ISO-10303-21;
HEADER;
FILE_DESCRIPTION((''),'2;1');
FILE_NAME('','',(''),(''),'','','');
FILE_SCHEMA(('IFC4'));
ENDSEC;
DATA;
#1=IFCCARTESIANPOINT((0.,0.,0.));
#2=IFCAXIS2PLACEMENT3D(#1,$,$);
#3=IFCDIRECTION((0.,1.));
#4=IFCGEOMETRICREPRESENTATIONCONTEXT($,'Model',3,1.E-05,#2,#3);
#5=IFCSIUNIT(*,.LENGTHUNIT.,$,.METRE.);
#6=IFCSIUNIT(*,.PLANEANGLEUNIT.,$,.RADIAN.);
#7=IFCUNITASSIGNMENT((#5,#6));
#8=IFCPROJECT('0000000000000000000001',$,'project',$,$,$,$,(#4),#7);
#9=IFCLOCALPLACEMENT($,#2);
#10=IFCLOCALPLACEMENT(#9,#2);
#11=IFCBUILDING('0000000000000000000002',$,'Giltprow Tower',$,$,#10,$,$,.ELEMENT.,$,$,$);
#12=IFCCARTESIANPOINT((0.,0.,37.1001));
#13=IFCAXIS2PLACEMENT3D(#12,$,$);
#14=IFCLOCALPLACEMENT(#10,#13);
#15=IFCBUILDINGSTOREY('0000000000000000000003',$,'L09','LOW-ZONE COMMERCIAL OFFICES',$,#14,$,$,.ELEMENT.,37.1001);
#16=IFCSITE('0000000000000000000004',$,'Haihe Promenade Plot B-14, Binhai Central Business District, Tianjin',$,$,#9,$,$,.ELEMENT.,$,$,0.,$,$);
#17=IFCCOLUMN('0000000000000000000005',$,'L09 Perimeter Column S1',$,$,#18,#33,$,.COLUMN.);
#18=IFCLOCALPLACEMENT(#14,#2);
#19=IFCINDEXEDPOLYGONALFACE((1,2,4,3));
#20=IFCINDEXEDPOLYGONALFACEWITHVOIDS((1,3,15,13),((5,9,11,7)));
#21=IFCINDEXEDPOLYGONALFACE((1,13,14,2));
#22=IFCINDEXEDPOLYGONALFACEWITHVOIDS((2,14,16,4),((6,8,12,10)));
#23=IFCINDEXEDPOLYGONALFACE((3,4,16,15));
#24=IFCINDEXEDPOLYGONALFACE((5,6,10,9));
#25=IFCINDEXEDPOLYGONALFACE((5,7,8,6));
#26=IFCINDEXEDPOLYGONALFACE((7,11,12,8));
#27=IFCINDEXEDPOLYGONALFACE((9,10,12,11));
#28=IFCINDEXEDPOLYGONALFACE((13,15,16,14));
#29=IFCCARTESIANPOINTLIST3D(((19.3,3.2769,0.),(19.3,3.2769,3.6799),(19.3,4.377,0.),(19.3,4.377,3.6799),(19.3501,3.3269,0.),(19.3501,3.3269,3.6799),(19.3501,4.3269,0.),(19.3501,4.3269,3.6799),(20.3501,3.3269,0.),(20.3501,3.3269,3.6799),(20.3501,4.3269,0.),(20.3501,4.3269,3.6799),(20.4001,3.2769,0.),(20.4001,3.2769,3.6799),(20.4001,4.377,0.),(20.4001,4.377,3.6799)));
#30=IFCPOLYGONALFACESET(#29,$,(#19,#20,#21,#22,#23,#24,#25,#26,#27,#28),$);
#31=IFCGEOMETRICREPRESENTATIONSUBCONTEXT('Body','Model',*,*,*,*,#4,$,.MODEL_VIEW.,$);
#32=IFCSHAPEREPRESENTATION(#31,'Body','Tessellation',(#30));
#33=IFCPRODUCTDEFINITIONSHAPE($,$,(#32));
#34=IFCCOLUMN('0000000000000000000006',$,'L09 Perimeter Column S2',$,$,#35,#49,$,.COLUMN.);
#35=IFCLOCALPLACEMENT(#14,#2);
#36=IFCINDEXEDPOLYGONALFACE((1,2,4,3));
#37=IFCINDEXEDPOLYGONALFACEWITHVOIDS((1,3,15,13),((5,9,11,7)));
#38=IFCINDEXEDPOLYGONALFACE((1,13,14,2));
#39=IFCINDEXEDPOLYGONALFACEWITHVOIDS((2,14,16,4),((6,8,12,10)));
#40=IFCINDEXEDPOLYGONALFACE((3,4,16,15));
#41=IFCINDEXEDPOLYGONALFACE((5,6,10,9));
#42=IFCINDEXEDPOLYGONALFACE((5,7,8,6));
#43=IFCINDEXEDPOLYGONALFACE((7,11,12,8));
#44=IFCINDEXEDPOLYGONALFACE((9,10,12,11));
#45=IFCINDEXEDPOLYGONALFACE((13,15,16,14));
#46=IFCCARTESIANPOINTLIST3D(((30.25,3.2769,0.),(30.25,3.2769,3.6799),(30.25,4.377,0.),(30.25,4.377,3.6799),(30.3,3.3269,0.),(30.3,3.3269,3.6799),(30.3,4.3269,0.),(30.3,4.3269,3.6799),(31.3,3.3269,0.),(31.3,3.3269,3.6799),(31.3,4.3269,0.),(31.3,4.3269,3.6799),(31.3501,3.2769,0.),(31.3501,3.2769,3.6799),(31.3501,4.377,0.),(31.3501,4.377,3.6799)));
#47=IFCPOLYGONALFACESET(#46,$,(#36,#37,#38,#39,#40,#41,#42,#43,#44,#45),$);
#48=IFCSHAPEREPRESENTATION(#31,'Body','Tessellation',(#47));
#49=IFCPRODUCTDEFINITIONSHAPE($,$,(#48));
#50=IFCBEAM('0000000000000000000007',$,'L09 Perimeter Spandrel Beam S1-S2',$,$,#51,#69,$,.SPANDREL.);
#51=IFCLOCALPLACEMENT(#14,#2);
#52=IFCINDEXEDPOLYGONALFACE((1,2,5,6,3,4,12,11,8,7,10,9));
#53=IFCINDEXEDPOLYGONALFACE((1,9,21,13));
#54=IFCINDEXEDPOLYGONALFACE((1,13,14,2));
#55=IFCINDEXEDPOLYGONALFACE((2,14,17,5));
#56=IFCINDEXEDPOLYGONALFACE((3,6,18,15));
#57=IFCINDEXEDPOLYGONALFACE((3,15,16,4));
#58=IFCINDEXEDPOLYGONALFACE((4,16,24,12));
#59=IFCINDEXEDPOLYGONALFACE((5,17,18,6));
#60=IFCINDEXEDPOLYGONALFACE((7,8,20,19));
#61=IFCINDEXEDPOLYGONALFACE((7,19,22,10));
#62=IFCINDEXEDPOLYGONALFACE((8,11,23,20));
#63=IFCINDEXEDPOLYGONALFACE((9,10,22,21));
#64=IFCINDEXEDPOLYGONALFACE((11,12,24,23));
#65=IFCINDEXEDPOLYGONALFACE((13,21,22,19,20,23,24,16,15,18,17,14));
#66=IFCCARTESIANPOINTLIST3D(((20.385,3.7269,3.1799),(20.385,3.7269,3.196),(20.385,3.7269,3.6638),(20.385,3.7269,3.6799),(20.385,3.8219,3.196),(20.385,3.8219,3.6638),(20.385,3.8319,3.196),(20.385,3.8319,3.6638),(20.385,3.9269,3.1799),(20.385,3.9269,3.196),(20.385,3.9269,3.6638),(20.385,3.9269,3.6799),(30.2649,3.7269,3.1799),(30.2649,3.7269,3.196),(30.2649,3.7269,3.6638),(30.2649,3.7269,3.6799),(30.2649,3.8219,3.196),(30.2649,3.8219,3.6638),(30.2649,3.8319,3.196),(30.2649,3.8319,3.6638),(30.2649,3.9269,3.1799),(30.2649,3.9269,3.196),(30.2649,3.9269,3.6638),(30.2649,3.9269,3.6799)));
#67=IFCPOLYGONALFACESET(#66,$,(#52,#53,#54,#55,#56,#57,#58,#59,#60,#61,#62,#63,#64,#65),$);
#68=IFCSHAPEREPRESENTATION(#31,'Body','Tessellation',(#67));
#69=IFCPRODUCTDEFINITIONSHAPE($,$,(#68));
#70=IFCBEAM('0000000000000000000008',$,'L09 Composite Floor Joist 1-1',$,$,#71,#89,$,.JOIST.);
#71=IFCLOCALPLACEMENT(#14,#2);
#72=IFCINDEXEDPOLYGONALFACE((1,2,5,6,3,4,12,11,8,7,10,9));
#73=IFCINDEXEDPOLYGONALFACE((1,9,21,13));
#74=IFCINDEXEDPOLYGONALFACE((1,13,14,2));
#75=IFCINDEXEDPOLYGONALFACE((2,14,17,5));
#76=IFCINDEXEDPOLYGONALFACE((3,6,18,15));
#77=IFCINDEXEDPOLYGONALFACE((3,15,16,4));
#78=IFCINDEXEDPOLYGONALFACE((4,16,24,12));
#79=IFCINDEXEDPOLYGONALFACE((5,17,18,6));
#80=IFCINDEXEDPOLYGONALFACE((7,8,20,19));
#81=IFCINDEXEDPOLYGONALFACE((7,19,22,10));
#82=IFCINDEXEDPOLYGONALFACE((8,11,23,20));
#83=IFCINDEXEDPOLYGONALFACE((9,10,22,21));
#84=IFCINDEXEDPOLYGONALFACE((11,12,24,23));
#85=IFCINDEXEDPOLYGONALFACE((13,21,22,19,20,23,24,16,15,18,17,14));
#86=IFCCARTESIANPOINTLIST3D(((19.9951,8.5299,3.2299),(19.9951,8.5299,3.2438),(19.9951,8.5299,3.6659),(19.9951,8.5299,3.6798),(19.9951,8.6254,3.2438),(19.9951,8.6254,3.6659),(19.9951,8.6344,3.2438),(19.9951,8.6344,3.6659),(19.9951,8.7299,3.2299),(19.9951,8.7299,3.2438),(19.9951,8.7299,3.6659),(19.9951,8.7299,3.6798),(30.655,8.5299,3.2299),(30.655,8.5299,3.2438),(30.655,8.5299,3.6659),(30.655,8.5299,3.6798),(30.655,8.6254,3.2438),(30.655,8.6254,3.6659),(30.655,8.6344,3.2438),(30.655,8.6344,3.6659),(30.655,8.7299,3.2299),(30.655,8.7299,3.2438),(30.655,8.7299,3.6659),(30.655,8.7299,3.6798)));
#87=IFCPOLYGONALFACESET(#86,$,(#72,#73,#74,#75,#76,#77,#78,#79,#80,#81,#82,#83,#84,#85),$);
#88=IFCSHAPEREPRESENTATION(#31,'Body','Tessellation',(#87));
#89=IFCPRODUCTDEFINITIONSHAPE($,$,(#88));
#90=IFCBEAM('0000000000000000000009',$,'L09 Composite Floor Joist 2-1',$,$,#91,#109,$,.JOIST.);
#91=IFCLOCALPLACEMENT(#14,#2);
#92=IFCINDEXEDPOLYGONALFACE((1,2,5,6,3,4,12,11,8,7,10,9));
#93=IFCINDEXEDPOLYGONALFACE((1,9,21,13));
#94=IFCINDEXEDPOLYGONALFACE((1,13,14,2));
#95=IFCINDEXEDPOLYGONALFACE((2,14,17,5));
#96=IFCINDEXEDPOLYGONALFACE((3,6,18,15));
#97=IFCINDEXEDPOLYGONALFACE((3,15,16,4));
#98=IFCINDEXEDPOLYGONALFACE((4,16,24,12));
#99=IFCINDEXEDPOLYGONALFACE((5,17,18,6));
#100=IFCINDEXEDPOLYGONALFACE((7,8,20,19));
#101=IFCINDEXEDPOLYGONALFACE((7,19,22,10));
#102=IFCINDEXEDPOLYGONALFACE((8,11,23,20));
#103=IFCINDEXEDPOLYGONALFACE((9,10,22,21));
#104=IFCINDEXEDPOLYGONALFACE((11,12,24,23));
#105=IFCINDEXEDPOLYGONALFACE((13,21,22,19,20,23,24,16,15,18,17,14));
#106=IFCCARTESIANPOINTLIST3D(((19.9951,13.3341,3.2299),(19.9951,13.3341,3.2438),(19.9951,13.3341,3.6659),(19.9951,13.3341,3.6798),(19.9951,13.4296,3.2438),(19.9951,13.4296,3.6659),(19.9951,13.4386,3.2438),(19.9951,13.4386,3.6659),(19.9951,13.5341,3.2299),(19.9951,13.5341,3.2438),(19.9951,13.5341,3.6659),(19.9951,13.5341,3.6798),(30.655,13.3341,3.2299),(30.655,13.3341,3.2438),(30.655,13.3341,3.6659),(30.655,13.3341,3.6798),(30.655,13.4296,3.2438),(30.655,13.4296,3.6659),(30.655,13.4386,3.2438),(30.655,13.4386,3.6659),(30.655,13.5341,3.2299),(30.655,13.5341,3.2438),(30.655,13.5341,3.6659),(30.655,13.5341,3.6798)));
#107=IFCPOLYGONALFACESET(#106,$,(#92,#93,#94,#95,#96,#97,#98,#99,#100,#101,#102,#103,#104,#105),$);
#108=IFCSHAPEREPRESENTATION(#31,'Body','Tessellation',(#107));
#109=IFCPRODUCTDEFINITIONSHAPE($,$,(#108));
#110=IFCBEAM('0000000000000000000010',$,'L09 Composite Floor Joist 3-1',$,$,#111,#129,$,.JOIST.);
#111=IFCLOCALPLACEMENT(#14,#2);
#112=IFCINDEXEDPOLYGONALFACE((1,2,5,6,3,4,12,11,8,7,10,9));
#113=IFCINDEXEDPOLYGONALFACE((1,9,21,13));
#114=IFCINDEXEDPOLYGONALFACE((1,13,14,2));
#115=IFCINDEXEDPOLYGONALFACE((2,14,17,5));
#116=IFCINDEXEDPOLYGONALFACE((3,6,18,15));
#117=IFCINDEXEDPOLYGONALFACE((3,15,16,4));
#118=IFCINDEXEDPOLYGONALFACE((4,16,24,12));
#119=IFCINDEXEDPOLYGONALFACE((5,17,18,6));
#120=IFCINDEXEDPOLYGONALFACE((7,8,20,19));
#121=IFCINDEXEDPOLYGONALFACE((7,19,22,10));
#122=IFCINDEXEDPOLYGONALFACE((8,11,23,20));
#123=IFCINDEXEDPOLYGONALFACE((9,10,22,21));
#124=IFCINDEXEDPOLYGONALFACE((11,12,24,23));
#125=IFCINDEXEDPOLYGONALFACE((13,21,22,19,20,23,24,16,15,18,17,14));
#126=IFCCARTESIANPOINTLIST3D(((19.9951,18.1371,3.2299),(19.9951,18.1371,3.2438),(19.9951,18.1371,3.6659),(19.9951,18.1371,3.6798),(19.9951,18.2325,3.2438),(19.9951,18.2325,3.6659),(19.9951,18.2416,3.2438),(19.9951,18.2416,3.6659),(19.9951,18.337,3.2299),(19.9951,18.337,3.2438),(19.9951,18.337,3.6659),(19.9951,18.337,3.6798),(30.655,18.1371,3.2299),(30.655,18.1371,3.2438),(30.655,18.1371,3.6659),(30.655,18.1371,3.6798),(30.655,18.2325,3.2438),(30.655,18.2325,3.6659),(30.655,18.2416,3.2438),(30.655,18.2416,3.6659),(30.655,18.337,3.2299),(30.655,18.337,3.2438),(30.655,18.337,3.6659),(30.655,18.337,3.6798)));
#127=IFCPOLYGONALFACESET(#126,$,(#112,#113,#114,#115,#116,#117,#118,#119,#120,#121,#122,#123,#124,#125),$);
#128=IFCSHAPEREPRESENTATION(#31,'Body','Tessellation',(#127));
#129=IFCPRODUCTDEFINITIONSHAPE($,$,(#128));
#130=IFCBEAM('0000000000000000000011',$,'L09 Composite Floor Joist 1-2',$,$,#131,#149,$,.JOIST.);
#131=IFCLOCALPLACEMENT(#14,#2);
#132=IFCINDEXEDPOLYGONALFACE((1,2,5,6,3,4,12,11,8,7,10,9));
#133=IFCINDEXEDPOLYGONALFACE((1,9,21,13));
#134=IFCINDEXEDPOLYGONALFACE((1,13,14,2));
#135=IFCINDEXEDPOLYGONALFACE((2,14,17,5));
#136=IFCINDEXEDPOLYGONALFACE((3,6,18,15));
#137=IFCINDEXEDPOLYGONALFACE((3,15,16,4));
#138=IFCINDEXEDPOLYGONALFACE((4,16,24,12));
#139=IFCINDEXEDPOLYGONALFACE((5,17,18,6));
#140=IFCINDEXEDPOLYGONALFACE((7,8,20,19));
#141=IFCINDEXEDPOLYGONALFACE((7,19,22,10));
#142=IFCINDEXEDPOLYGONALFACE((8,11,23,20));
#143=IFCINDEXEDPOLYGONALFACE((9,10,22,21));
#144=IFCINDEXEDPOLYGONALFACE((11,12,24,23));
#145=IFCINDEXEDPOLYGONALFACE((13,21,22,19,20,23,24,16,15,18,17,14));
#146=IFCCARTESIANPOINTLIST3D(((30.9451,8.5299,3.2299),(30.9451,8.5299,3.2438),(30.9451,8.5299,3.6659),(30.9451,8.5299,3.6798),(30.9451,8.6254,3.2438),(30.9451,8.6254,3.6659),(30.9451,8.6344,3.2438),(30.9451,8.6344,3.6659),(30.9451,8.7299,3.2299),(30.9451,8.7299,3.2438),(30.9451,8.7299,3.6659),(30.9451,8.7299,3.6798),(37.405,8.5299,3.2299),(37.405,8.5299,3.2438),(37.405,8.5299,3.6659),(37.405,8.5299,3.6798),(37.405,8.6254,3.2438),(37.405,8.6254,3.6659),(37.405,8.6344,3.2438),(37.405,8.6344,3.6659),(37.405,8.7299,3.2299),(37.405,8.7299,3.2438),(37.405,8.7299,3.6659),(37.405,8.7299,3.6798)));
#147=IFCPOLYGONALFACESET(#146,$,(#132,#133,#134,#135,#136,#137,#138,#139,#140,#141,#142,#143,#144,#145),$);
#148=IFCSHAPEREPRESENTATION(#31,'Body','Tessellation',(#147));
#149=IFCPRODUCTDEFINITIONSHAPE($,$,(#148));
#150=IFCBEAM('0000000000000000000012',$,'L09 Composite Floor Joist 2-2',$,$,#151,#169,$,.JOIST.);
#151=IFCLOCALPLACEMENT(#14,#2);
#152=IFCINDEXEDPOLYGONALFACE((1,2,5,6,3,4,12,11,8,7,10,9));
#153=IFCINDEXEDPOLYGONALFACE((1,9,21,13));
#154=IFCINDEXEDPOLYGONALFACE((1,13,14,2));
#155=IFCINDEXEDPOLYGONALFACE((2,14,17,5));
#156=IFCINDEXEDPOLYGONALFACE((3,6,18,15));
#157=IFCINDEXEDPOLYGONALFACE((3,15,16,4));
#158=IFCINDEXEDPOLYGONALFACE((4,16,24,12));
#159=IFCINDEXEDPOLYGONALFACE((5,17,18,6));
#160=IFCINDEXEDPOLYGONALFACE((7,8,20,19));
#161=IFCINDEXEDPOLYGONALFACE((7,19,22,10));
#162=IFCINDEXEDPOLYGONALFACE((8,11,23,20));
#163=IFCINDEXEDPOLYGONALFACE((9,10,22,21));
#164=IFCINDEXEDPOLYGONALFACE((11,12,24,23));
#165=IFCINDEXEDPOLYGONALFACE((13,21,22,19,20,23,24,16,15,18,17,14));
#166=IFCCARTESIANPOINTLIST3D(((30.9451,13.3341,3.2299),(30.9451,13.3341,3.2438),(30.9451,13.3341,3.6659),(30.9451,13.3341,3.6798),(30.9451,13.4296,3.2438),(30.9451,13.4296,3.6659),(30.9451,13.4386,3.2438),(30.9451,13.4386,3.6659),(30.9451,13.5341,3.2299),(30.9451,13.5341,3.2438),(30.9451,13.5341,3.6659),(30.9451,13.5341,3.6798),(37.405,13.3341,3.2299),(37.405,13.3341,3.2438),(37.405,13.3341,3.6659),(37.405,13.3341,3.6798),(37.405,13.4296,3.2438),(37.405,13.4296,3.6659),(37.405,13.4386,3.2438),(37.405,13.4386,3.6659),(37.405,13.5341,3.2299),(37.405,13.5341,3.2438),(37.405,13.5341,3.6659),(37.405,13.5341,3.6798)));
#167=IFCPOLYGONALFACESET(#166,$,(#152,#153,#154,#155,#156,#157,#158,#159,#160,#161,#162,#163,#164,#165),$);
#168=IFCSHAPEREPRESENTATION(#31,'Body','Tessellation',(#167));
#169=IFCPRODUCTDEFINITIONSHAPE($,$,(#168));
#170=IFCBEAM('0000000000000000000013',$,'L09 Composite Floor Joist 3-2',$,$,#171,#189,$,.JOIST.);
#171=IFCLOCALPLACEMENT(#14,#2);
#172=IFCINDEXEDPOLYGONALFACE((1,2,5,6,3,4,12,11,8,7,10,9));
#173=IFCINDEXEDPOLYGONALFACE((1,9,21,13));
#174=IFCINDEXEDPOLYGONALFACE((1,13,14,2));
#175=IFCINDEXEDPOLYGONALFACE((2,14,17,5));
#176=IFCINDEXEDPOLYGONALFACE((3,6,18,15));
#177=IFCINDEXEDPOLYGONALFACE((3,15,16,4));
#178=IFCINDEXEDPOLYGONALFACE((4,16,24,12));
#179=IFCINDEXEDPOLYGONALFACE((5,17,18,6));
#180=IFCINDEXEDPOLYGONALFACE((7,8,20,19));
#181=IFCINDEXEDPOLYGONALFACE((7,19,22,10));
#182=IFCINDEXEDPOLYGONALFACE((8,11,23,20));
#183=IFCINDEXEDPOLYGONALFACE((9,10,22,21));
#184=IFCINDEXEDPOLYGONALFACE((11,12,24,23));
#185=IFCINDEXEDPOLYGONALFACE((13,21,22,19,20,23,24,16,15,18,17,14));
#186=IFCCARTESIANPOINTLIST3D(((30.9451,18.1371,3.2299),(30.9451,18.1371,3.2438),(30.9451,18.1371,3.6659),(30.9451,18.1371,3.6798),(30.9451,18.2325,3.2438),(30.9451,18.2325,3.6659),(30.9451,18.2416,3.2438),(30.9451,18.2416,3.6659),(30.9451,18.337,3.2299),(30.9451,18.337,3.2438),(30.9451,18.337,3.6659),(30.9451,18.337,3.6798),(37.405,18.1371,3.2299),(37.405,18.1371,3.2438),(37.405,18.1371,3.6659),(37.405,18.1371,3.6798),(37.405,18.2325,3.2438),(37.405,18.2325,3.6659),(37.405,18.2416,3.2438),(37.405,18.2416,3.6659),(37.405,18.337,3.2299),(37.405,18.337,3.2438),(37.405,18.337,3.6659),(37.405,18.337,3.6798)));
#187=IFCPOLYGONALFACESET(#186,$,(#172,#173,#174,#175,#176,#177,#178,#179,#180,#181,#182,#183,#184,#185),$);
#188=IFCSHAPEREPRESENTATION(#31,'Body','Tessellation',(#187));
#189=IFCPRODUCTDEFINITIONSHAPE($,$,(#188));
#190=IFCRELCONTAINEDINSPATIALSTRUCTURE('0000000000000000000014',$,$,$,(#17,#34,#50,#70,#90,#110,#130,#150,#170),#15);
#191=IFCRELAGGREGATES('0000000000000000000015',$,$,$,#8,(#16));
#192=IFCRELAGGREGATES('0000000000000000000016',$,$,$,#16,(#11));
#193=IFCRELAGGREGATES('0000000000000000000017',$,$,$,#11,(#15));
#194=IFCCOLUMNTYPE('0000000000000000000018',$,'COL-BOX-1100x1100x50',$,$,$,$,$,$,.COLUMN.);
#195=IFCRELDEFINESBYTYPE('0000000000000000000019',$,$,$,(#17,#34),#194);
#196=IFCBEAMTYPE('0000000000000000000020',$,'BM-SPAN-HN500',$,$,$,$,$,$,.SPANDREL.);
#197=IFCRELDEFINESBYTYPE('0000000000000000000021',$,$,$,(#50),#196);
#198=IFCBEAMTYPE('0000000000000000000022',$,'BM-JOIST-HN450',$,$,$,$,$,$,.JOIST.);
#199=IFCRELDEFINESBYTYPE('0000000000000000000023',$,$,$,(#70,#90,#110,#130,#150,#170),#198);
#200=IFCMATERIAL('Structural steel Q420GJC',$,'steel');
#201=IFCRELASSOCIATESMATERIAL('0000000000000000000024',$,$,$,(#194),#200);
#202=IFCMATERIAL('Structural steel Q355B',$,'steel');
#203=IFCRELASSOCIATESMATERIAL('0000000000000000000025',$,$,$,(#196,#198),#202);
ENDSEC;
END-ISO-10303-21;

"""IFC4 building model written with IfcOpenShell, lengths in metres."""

from ifc_helpers import new_model, si_unit, direction, frame, origin, origin_2d, place, context, subcontext, project, spatial, hollow_rectangle, i_section, extrude, source, transform, mapped, material, material_profile, profile_set, type_object, element, save


model = new_model("IFC4")

# Units and contexts
model_context = context("Model", 3, precision=1e-05, world=origin(), true_north=direction((0.0, 1.0)))
body_context = subcontext(model_context, "Body", "Model", "MODEL_VIEW")
ifc_project = project(units=[si_unit("LENGTHUNIT", "METRE"), si_unit("PLANEANGLEUNIT", "RADIAN")], contexts=[model_context])

# Site, building, storey
site_placement = place(None, origin())
site = spatial("IfcSite", under=ifc_project, at=site_placement, Name="Haihe Promenade Plot B-14, Binhai Central Business District, Tianjin", CompositionType="ELEMENT", RefElevation=0.0)
building_placement = place(site_placement, origin())
building = spatial("IfcBuilding", under=site, at=building_placement, Name="Giltprow Tower", CompositionType="ELEMENT")
storey_placement = place(building_placement, frame((0.0, 0.0, 37.1001)))
storey = spatial("IfcBuildingStorey", under=building, at=storey_placement, Name="L09", Description="LOW-ZONE COMMERCIAL OFFICES", CompositionType="ELEMENT", Elevation=37.1001)

# Columns
ifc_material_1 = material(Name="Structural steel Q420GJC", Category="steel")
ifc_material_profile_1 = material_profile(ifc_material_1, hollow_rectangle(XDim=1.1001, YDim=1.1001, WallThickness=0.05, at=origin_2d()), Name="BOX 1100x1100x50")
ifc_profile_set_1 = profile_set([ifc_material_profile_1], Name="Structural steel Q420GJC")
column_type = type_object("IfcColumnType", Name="COL-BOX-1100x1100x50", PredefinedType="COLUMN", material=ifc_profile_set_1)
shared_shape_1 = source(origin(), body_context, "Body", "SweptSolid", [
    extrude(hollow_rectangle(XDim=1.1001, YDim=1.1001, WallThickness=0.05, at=origin_2d()), origin(), (0.0, 0.0, 1.0), 3.6799),
])
for number, where, z_axis, x_axis, name in (
    (1, (19.8501, 3.8269, 0.0), (0.0, 0.0, 1.0), (1.0, 0.0, 0.0), "L09 Perimeter Column S1"),
    (2, (30.8, 3.8269, 0.0), (0.0, 0.0, 1.0), (1.0, 0.0, 0.0), "L09 Perimeter Column S2"),
):
    element("IfcColumn", number, at=place(storey_placement, frame(where, z_axis=z_axis, x_axis=x_axis)), inside=storey, type_object=column_type, Name=name, PredefinedType="COLUMN", context=body_context, shape_type="MappedRepresentation", body=[
        mapped(shared_shape_1, transform((0.0, 0.0, 0.0), x_axis=(1.0, 0.0, 0.0), y_axis=(0.0, 1.0, 0.0), z_axis=(0.0, 0.0, 1.0), scale=1.0)),
    ])

# Beams
ifc_material_2 = material(Name="Structural steel Q355B", Category="steel")
ifc_material_profile_2 = material_profile(ifc_material_2, i_section(OverallWidth=0.2, OverallDepth=0.5, WebThickness=0.01, FlangeThickness=0.0161, at=origin_2d()), Name="HN 500x200x10x16")
ifc_profile_set_2 = profile_set([ifc_material_profile_2], Name="Structural steel Q355B")
beam_type_1 = type_object("IfcBeamType", Name="BM-SPAN-HN500", PredefinedType="SPANDREL", material=ifc_profile_set_2)
shared_shape_2 = source(origin(), body_context, "Body", "SweptSolid", [
    extrude(i_section(OverallWidth=0.2, OverallDepth=0.5, WebThickness=0.01, FlangeThickness=0.0161, at=origin_2d()), origin(), (0.0, 0.0, 1.0), 9.8799),
])
beam_placement = place(storey_placement, frame((20.385, 3.8269, 3.4299), z_axis=(1.0, 0.0, 0.0), x_axis=(0.0, 1.0, 0.0)))
element("IfcBeam", 3, at=beam_placement, inside=storey, type_object=beam_type_1, Name="L09 Perimeter Spandrel Beam S1-S2", PredefinedType="SPANDREL", context=body_context, shape_type="MappedRepresentation", body=[
    mapped(shared_shape_2, transform((0.0, 0.0, 0.0), x_axis=(1.0, 0.0, 0.0), y_axis=(0.0, 1.0, 0.0), z_axis=(0.0, 0.0, 1.0), scale=1.0)),
])
ifc_material_profile_3 = material_profile(ifc_material_2, i_section(OverallWidth=0.2, OverallDepth=0.45, WebThickness=0.009, FlangeThickness=0.0139, at=origin_2d()), Name="HN 450x200x9x14")
ifc_profile_set_3 = profile_set([ifc_material_profile_3], Name="Structural steel Q355B")
beam_type_2 = type_object("IfcBeamType", Name="BM-JOIST-HN450", PredefinedType="JOIST", material=ifc_profile_set_3)
shared_shape_3 = source(origin(), body_context, "Body", "SweptSolid", [
    extrude(i_section(OverallWidth=0.2, OverallDepth=0.45, WebThickness=0.009, FlangeThickness=0.0139, at=origin_2d()), origin(), (0.0, 0.0, 1.0), 10.6599),
])
for number, where, z_axis, x_axis, name in (
    (4, (19.9951, 8.6299, 3.4548), (1.0, 0.0, 0.0), (0.0, 1.0, 0.0), "L09 Composite Floor Joist 1-1"),
    (5, (19.9951, 13.4341, 3.4548), (1.0, 0.0, 0.0), (0.0, 1.0, 0.0), "L09 Composite Floor Joist 2-1"),
    (6, (19.9951, 18.2371, 3.4548), (1.0, 0.0, 0.0), (0.0, 1.0, 0.0), "L09 Composite Floor Joist 3-1"),
):
    element("IfcBeam", number, at=place(storey_placement, frame(where, z_axis=z_axis, x_axis=x_axis)), inside=storey, type_object=beam_type_2, Name=name, PredefinedType="JOIST", context=body_context, shape_type="MappedRepresentation", body=[
        mapped(shared_shape_3, transform((0.0, 0.0, 0.0), x_axis=(1.0, 0.0, 0.0), y_axis=(0.0, 1.0, 0.0), z_axis=(0.0, 0.0, 1.0), scale=1.0)),
    ])
shared_shape_4 = source(origin(), body_context, "Body", "SweptSolid", [
    extrude(i_section(OverallWidth=0.2, OverallDepth=0.45, WebThickness=0.009, FlangeThickness=0.0139, at=origin_2d()), origin(), (0.0, 0.0, 1.0), 6.46),
])
for number, where, z_axis, x_axis, name in (
    (7, (30.9451, 8.6299, 3.4548), (1.0, 0.0, 0.0), (0.0, 1.0, 0.0), "L09 Composite Floor Joist 1-2"),
    (8, (30.9451, 13.4341, 3.4548), (1.0, 0.0, 0.0), (0.0, 1.0, 0.0), "L09 Composite Floor Joist 2-2"),
    (9, (30.9451, 18.2371, 3.4548), (1.0, 0.0, 0.0), (0.0, 1.0, 0.0), "L09 Composite Floor Joist 3-2"),
):
    element("IfcBeam", number, at=place(storey_placement, frame(where, z_axis=z_axis, x_axis=x_axis)), inside=storey, type_object=beam_type_2, Name=name, PredefinedType="JOIST", context=body_context, shape_type="MappedRepresentation", body=[
        mapped(shared_shape_4, transform((0.0, 0.0, 0.0), x_axis=(1.0, 0.0, 0.0), y_axis=(0.0, 1.0, 0.0), z_axis=(0.0, 0.0, 1.0), scale=1.0)),
    ])

save(model, "model.ifc")
